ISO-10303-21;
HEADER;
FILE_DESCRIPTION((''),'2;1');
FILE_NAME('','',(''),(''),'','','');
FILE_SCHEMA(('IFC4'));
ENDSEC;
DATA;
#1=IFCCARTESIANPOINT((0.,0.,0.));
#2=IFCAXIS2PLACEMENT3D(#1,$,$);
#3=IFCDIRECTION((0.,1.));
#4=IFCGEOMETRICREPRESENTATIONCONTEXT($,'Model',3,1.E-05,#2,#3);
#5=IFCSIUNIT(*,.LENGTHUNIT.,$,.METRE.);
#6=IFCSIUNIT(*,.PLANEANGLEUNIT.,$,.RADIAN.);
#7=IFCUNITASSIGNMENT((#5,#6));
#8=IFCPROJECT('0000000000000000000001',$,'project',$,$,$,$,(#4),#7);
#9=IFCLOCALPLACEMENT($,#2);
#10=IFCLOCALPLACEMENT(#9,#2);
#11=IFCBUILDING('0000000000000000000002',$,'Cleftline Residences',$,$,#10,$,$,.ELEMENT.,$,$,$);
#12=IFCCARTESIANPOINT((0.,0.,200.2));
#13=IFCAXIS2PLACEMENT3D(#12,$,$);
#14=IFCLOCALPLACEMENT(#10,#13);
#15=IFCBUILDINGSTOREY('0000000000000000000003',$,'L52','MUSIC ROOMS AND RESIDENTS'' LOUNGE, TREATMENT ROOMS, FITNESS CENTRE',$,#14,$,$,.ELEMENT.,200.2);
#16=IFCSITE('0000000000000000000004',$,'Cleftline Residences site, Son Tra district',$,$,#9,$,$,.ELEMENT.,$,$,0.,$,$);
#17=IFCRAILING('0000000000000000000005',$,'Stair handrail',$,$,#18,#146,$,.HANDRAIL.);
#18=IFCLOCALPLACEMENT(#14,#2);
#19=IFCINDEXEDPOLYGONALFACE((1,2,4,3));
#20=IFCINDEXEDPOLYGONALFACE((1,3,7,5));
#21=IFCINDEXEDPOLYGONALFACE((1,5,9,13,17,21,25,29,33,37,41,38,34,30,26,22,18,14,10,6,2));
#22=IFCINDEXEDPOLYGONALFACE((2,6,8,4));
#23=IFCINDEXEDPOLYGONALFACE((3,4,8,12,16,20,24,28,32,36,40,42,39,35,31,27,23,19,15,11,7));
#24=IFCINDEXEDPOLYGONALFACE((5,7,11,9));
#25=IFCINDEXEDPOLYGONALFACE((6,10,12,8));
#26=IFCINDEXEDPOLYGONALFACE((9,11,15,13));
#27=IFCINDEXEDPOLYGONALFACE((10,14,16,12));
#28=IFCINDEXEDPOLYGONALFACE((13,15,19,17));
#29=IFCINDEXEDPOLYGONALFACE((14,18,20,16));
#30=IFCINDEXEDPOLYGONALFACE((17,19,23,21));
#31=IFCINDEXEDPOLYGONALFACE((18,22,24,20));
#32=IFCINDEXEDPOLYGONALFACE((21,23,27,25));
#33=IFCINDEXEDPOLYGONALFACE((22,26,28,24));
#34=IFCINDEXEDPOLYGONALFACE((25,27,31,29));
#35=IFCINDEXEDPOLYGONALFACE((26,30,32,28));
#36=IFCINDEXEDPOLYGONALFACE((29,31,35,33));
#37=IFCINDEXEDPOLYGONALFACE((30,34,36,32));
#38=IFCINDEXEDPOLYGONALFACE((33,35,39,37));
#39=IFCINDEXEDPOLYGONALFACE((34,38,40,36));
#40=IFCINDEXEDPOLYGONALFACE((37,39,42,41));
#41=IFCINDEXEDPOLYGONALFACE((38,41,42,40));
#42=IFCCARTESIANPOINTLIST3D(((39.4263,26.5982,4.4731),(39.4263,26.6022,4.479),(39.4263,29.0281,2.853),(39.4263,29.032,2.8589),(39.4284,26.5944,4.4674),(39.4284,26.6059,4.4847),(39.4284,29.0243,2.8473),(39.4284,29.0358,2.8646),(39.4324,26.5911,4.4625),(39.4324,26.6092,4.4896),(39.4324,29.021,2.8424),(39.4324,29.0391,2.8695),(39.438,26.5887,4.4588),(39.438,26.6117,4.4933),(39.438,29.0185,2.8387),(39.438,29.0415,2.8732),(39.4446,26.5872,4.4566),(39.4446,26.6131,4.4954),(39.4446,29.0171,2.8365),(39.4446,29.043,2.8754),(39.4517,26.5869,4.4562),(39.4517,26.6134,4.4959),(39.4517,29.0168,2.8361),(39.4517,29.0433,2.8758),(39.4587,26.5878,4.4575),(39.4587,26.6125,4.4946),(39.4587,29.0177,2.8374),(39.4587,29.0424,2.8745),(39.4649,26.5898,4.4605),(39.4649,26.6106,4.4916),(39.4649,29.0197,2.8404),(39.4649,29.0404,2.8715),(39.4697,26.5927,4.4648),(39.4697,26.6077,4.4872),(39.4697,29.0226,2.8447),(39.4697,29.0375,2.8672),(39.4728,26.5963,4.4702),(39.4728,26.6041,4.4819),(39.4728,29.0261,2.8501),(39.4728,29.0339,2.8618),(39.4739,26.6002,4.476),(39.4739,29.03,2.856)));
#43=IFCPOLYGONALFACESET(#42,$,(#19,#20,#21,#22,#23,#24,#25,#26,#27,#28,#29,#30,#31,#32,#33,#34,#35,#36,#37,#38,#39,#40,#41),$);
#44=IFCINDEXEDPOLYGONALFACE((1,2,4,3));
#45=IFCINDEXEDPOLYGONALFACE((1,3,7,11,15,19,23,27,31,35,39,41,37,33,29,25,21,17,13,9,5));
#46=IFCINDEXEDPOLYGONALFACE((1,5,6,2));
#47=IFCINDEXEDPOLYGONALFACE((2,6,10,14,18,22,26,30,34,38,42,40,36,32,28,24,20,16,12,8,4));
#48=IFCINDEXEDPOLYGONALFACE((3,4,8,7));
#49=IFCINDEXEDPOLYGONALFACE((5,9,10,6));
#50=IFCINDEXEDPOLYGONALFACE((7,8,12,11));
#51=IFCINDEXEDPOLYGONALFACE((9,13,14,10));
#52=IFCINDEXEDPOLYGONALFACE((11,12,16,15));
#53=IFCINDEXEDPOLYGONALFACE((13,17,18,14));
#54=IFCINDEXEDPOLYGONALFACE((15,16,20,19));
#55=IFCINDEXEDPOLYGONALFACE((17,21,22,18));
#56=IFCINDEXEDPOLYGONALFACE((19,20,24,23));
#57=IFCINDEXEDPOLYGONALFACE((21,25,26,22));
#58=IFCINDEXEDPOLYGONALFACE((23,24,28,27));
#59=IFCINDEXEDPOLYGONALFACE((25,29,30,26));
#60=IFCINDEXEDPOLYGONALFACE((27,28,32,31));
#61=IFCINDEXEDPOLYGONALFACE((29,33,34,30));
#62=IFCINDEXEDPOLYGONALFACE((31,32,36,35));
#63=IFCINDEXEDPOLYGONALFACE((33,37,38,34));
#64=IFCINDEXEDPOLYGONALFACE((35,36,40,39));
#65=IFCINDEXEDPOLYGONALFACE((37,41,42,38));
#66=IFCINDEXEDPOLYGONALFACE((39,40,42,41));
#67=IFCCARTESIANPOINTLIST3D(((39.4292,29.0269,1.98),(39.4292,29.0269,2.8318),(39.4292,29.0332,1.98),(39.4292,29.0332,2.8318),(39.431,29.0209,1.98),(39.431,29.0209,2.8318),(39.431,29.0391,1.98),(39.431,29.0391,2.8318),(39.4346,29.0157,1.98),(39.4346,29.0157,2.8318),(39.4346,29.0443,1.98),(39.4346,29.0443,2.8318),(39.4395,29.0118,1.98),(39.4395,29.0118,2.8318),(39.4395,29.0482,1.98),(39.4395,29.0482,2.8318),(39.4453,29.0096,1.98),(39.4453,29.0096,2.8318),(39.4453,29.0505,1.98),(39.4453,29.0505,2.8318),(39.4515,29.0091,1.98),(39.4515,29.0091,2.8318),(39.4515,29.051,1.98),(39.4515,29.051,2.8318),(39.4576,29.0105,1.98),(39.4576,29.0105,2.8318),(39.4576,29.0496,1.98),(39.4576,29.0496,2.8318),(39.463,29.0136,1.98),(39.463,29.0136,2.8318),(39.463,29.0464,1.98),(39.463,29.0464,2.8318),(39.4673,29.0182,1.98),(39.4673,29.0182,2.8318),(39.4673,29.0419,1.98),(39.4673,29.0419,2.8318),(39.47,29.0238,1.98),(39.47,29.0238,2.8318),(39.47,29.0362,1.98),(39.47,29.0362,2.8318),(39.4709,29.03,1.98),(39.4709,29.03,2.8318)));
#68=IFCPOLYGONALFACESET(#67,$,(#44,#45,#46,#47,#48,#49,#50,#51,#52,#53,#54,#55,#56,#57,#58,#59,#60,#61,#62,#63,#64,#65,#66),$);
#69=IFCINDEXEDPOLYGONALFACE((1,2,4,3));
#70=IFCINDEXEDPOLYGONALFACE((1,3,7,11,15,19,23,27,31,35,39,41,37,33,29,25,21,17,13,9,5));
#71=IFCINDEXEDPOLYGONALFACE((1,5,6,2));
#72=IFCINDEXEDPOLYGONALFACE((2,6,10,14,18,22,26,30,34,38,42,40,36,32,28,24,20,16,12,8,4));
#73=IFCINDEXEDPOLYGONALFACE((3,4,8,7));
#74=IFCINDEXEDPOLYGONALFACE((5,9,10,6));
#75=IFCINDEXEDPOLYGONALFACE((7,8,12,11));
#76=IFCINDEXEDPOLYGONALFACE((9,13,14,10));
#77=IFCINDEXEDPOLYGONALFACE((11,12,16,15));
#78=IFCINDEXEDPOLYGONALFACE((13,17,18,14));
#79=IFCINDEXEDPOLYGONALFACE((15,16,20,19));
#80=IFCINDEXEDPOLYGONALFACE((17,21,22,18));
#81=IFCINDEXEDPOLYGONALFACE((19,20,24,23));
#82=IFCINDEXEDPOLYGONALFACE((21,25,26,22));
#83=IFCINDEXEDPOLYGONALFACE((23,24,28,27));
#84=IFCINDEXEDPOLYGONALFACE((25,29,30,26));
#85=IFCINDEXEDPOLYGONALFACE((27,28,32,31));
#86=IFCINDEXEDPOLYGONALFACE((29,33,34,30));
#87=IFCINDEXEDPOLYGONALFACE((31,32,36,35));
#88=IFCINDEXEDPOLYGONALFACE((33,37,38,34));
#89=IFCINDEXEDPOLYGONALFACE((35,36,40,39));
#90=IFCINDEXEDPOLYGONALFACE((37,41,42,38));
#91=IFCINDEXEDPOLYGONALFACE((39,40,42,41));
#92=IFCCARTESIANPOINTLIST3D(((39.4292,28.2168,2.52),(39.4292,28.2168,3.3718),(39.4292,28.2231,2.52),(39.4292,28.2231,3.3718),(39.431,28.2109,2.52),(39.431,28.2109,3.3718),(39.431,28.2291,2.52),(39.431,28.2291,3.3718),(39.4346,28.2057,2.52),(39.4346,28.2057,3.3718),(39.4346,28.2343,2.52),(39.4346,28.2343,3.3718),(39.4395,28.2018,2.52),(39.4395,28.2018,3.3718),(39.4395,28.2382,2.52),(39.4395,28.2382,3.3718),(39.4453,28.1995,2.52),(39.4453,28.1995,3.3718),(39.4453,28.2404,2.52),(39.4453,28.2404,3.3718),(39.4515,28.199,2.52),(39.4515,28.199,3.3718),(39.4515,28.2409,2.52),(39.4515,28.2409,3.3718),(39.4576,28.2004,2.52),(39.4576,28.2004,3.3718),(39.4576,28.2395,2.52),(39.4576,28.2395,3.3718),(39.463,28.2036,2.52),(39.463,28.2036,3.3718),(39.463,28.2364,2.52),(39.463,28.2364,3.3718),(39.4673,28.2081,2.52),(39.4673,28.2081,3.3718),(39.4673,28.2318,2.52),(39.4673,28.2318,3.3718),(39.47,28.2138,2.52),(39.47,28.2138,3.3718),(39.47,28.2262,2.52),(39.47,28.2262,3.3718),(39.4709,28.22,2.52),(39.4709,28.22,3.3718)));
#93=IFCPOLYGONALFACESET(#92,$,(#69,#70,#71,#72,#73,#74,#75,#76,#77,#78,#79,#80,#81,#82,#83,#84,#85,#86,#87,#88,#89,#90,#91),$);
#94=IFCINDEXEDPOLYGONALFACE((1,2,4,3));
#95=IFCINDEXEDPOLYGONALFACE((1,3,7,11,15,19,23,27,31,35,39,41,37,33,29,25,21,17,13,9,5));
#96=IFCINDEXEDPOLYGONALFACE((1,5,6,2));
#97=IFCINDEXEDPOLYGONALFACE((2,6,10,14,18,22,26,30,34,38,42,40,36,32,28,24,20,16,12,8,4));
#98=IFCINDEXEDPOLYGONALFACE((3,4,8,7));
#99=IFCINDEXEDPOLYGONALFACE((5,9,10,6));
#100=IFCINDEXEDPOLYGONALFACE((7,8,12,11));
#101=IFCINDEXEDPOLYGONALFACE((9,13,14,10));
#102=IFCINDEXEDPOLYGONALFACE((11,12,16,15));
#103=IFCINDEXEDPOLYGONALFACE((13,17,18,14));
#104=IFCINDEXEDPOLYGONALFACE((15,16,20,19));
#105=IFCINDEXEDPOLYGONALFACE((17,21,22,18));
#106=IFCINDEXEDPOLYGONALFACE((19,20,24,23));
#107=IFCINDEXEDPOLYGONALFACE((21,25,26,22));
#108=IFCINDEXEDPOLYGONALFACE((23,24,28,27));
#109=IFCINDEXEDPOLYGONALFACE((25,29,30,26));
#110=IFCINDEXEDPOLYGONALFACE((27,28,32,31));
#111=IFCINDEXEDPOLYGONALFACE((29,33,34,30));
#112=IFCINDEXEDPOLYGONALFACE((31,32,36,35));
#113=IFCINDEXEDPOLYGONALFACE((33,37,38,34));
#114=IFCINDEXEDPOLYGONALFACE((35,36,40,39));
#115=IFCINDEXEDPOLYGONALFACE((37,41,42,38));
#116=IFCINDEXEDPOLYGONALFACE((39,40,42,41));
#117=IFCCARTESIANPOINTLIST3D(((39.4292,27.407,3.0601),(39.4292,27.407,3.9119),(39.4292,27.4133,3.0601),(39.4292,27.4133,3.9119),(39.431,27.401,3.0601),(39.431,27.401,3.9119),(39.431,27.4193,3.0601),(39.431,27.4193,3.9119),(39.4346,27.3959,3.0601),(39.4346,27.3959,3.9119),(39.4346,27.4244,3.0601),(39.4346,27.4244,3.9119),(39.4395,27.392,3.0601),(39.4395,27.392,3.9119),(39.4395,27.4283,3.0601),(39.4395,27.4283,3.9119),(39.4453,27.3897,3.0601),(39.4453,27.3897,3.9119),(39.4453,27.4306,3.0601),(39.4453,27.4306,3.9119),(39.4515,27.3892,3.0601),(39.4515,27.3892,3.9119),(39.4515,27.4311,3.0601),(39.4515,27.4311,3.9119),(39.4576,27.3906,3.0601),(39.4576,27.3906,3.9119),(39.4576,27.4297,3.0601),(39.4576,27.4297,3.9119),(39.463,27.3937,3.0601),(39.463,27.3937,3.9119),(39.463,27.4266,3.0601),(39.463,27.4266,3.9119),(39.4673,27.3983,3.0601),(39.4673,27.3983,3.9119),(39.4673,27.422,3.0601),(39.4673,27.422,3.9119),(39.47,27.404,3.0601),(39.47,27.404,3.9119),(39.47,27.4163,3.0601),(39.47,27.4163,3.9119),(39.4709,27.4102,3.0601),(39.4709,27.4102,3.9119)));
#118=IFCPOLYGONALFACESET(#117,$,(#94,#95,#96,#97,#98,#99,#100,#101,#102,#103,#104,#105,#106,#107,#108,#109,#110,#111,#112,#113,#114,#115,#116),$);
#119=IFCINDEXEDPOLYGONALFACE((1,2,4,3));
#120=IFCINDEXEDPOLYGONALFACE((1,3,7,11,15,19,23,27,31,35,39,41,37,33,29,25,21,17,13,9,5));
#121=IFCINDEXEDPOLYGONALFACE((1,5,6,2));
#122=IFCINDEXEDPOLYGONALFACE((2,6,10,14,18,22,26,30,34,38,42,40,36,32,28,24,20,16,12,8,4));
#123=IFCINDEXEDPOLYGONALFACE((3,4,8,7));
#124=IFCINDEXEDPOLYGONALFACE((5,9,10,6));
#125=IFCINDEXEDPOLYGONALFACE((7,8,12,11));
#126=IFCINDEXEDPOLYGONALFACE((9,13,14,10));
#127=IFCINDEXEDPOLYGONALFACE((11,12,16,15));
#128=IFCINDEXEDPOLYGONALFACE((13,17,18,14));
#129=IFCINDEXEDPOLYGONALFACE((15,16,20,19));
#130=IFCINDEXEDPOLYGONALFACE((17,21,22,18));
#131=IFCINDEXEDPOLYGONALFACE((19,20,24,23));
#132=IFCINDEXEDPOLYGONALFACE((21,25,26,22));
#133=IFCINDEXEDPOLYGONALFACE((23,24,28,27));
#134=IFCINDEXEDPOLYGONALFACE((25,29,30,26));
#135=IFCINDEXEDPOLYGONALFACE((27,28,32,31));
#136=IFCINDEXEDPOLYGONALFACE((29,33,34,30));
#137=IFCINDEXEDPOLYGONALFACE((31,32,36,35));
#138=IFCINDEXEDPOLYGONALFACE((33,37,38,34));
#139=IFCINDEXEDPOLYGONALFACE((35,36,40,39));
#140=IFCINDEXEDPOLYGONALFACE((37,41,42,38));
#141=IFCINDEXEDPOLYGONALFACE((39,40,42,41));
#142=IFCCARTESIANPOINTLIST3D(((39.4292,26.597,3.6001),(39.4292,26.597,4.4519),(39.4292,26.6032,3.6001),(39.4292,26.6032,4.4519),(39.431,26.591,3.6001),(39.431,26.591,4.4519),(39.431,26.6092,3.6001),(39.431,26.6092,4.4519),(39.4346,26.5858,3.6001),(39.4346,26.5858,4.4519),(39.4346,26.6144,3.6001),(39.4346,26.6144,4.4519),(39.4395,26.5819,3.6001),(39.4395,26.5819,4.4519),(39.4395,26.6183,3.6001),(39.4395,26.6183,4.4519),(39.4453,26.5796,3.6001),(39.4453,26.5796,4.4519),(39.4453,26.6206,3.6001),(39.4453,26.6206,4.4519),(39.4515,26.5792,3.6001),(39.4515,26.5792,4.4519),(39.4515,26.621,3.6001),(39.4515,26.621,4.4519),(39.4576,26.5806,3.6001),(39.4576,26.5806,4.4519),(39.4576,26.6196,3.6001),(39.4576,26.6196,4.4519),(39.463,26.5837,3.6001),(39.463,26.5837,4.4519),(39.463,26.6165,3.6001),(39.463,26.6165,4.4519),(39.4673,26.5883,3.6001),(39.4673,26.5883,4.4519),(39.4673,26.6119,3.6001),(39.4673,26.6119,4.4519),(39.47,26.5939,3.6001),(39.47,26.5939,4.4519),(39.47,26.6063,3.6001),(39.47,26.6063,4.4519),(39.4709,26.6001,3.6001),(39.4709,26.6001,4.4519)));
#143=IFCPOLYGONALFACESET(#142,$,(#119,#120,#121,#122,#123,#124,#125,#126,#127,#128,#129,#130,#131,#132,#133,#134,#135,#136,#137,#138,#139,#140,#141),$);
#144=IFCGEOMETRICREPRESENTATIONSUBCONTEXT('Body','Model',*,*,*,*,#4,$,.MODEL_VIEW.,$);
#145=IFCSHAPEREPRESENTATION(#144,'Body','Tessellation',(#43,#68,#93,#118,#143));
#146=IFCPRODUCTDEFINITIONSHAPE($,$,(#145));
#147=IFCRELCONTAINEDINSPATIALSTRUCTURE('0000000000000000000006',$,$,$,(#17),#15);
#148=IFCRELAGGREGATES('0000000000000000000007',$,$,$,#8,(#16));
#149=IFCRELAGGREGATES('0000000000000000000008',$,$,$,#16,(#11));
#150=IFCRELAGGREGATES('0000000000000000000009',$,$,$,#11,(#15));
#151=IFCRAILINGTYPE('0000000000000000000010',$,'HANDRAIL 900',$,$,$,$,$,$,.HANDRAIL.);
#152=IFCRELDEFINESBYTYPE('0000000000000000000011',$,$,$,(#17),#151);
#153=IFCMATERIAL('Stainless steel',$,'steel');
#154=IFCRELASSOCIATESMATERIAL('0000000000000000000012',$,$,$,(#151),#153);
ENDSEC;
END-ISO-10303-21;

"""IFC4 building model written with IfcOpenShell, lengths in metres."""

from ifc_helpers import new_model, si_unit, direction, frame, origin, origin_2d, place, context, subcontext, project, spatial, circle, extrude, material, type_object, element, save


model = new_model("IFC4")

# Units and contexts
model_context = context("Model", 3, precision=1e-05, world=origin(), true_north=direction((0.0, 1.0)))
body_context = subcontext(model_context, "Body", "Model", "MODEL_VIEW")
ifc_project = project(units=[si_unit("LENGTHUNIT", "METRE"), si_unit("PLANEANGLEUNIT", "RADIAN")], contexts=[model_context])

# Site, building, storey
site_placement = place(None, origin())
site = spatial("IfcSite", under=ifc_project, at=site_placement, Name="Cleftline Residences site, Son Tra district", CompositionType="ELEMENT", RefElevation=0.0)
building_placement = place(site_placement, origin())
building = spatial("IfcBuilding", under=site, at=building_placement, Name="Cleftline Residences", CompositionType="ELEMENT")
storey_placement = place(building_placement, frame((0.0, 0.0, 200.2)))
storey = spatial("IfcBuildingStorey", under=building, at=storey_placement, Name="L52", Description="MUSIC ROOMS AND RESIDENTS' LOUNGE, TREATMENT ROOMS, FITNESS CENTRE", CompositionType="ELEMENT", Elevation=200.2)

# Railing
ifc_material_1 = material(Name="Stainless steel", Category="steel")
railing_type = type_object("IfcRailingType", Name="HANDRAIL 900", PredefinedType="HANDRAIL", material=ifc_material_1)
railing_1_placement = place(storey_placement, frame((39.45, 29.03, 1.98)))
element("IfcRailing", 1, at=railing_1_placement, inside=storey, type_object=railing_type, Name="Stair handrail", PredefinedType="HANDRAIL", context=body_context, shape_type="SweptSolid", body=[
    extrude(circle(Radius=0.0239, at=origin_2d()), frame((0.0, 0.0, 0.876), z_axis=(0.0, -0.832025, 0.554739), x_axis=(1.0, 0.0, 0.0)), (0.0, 0.0, 1.0), 2.9204),
    extrude(circle(Radius=0.021, at=origin_2d()), origin(), (0.0, 0.0, 1.0), 0.8518),
    extrude(circle(Radius=0.021, at=origin_2d()), frame((0.0, -0.8101, 0.54)), (0.0, 0.0, 1.0), 0.8518),
    extrude(circle(Radius=0.021, at=origin_2d()), frame((0.0, -1.6199, 1.0801)), (0.0, 0.0, 1.0), 0.8518),
    extrude(circle(Radius=0.021, at=origin_2d()), frame((0.0, -2.4299, 1.6201)), (0.0, 0.0, 1.0), 0.8518),
])

save(model, "model.ifc")
